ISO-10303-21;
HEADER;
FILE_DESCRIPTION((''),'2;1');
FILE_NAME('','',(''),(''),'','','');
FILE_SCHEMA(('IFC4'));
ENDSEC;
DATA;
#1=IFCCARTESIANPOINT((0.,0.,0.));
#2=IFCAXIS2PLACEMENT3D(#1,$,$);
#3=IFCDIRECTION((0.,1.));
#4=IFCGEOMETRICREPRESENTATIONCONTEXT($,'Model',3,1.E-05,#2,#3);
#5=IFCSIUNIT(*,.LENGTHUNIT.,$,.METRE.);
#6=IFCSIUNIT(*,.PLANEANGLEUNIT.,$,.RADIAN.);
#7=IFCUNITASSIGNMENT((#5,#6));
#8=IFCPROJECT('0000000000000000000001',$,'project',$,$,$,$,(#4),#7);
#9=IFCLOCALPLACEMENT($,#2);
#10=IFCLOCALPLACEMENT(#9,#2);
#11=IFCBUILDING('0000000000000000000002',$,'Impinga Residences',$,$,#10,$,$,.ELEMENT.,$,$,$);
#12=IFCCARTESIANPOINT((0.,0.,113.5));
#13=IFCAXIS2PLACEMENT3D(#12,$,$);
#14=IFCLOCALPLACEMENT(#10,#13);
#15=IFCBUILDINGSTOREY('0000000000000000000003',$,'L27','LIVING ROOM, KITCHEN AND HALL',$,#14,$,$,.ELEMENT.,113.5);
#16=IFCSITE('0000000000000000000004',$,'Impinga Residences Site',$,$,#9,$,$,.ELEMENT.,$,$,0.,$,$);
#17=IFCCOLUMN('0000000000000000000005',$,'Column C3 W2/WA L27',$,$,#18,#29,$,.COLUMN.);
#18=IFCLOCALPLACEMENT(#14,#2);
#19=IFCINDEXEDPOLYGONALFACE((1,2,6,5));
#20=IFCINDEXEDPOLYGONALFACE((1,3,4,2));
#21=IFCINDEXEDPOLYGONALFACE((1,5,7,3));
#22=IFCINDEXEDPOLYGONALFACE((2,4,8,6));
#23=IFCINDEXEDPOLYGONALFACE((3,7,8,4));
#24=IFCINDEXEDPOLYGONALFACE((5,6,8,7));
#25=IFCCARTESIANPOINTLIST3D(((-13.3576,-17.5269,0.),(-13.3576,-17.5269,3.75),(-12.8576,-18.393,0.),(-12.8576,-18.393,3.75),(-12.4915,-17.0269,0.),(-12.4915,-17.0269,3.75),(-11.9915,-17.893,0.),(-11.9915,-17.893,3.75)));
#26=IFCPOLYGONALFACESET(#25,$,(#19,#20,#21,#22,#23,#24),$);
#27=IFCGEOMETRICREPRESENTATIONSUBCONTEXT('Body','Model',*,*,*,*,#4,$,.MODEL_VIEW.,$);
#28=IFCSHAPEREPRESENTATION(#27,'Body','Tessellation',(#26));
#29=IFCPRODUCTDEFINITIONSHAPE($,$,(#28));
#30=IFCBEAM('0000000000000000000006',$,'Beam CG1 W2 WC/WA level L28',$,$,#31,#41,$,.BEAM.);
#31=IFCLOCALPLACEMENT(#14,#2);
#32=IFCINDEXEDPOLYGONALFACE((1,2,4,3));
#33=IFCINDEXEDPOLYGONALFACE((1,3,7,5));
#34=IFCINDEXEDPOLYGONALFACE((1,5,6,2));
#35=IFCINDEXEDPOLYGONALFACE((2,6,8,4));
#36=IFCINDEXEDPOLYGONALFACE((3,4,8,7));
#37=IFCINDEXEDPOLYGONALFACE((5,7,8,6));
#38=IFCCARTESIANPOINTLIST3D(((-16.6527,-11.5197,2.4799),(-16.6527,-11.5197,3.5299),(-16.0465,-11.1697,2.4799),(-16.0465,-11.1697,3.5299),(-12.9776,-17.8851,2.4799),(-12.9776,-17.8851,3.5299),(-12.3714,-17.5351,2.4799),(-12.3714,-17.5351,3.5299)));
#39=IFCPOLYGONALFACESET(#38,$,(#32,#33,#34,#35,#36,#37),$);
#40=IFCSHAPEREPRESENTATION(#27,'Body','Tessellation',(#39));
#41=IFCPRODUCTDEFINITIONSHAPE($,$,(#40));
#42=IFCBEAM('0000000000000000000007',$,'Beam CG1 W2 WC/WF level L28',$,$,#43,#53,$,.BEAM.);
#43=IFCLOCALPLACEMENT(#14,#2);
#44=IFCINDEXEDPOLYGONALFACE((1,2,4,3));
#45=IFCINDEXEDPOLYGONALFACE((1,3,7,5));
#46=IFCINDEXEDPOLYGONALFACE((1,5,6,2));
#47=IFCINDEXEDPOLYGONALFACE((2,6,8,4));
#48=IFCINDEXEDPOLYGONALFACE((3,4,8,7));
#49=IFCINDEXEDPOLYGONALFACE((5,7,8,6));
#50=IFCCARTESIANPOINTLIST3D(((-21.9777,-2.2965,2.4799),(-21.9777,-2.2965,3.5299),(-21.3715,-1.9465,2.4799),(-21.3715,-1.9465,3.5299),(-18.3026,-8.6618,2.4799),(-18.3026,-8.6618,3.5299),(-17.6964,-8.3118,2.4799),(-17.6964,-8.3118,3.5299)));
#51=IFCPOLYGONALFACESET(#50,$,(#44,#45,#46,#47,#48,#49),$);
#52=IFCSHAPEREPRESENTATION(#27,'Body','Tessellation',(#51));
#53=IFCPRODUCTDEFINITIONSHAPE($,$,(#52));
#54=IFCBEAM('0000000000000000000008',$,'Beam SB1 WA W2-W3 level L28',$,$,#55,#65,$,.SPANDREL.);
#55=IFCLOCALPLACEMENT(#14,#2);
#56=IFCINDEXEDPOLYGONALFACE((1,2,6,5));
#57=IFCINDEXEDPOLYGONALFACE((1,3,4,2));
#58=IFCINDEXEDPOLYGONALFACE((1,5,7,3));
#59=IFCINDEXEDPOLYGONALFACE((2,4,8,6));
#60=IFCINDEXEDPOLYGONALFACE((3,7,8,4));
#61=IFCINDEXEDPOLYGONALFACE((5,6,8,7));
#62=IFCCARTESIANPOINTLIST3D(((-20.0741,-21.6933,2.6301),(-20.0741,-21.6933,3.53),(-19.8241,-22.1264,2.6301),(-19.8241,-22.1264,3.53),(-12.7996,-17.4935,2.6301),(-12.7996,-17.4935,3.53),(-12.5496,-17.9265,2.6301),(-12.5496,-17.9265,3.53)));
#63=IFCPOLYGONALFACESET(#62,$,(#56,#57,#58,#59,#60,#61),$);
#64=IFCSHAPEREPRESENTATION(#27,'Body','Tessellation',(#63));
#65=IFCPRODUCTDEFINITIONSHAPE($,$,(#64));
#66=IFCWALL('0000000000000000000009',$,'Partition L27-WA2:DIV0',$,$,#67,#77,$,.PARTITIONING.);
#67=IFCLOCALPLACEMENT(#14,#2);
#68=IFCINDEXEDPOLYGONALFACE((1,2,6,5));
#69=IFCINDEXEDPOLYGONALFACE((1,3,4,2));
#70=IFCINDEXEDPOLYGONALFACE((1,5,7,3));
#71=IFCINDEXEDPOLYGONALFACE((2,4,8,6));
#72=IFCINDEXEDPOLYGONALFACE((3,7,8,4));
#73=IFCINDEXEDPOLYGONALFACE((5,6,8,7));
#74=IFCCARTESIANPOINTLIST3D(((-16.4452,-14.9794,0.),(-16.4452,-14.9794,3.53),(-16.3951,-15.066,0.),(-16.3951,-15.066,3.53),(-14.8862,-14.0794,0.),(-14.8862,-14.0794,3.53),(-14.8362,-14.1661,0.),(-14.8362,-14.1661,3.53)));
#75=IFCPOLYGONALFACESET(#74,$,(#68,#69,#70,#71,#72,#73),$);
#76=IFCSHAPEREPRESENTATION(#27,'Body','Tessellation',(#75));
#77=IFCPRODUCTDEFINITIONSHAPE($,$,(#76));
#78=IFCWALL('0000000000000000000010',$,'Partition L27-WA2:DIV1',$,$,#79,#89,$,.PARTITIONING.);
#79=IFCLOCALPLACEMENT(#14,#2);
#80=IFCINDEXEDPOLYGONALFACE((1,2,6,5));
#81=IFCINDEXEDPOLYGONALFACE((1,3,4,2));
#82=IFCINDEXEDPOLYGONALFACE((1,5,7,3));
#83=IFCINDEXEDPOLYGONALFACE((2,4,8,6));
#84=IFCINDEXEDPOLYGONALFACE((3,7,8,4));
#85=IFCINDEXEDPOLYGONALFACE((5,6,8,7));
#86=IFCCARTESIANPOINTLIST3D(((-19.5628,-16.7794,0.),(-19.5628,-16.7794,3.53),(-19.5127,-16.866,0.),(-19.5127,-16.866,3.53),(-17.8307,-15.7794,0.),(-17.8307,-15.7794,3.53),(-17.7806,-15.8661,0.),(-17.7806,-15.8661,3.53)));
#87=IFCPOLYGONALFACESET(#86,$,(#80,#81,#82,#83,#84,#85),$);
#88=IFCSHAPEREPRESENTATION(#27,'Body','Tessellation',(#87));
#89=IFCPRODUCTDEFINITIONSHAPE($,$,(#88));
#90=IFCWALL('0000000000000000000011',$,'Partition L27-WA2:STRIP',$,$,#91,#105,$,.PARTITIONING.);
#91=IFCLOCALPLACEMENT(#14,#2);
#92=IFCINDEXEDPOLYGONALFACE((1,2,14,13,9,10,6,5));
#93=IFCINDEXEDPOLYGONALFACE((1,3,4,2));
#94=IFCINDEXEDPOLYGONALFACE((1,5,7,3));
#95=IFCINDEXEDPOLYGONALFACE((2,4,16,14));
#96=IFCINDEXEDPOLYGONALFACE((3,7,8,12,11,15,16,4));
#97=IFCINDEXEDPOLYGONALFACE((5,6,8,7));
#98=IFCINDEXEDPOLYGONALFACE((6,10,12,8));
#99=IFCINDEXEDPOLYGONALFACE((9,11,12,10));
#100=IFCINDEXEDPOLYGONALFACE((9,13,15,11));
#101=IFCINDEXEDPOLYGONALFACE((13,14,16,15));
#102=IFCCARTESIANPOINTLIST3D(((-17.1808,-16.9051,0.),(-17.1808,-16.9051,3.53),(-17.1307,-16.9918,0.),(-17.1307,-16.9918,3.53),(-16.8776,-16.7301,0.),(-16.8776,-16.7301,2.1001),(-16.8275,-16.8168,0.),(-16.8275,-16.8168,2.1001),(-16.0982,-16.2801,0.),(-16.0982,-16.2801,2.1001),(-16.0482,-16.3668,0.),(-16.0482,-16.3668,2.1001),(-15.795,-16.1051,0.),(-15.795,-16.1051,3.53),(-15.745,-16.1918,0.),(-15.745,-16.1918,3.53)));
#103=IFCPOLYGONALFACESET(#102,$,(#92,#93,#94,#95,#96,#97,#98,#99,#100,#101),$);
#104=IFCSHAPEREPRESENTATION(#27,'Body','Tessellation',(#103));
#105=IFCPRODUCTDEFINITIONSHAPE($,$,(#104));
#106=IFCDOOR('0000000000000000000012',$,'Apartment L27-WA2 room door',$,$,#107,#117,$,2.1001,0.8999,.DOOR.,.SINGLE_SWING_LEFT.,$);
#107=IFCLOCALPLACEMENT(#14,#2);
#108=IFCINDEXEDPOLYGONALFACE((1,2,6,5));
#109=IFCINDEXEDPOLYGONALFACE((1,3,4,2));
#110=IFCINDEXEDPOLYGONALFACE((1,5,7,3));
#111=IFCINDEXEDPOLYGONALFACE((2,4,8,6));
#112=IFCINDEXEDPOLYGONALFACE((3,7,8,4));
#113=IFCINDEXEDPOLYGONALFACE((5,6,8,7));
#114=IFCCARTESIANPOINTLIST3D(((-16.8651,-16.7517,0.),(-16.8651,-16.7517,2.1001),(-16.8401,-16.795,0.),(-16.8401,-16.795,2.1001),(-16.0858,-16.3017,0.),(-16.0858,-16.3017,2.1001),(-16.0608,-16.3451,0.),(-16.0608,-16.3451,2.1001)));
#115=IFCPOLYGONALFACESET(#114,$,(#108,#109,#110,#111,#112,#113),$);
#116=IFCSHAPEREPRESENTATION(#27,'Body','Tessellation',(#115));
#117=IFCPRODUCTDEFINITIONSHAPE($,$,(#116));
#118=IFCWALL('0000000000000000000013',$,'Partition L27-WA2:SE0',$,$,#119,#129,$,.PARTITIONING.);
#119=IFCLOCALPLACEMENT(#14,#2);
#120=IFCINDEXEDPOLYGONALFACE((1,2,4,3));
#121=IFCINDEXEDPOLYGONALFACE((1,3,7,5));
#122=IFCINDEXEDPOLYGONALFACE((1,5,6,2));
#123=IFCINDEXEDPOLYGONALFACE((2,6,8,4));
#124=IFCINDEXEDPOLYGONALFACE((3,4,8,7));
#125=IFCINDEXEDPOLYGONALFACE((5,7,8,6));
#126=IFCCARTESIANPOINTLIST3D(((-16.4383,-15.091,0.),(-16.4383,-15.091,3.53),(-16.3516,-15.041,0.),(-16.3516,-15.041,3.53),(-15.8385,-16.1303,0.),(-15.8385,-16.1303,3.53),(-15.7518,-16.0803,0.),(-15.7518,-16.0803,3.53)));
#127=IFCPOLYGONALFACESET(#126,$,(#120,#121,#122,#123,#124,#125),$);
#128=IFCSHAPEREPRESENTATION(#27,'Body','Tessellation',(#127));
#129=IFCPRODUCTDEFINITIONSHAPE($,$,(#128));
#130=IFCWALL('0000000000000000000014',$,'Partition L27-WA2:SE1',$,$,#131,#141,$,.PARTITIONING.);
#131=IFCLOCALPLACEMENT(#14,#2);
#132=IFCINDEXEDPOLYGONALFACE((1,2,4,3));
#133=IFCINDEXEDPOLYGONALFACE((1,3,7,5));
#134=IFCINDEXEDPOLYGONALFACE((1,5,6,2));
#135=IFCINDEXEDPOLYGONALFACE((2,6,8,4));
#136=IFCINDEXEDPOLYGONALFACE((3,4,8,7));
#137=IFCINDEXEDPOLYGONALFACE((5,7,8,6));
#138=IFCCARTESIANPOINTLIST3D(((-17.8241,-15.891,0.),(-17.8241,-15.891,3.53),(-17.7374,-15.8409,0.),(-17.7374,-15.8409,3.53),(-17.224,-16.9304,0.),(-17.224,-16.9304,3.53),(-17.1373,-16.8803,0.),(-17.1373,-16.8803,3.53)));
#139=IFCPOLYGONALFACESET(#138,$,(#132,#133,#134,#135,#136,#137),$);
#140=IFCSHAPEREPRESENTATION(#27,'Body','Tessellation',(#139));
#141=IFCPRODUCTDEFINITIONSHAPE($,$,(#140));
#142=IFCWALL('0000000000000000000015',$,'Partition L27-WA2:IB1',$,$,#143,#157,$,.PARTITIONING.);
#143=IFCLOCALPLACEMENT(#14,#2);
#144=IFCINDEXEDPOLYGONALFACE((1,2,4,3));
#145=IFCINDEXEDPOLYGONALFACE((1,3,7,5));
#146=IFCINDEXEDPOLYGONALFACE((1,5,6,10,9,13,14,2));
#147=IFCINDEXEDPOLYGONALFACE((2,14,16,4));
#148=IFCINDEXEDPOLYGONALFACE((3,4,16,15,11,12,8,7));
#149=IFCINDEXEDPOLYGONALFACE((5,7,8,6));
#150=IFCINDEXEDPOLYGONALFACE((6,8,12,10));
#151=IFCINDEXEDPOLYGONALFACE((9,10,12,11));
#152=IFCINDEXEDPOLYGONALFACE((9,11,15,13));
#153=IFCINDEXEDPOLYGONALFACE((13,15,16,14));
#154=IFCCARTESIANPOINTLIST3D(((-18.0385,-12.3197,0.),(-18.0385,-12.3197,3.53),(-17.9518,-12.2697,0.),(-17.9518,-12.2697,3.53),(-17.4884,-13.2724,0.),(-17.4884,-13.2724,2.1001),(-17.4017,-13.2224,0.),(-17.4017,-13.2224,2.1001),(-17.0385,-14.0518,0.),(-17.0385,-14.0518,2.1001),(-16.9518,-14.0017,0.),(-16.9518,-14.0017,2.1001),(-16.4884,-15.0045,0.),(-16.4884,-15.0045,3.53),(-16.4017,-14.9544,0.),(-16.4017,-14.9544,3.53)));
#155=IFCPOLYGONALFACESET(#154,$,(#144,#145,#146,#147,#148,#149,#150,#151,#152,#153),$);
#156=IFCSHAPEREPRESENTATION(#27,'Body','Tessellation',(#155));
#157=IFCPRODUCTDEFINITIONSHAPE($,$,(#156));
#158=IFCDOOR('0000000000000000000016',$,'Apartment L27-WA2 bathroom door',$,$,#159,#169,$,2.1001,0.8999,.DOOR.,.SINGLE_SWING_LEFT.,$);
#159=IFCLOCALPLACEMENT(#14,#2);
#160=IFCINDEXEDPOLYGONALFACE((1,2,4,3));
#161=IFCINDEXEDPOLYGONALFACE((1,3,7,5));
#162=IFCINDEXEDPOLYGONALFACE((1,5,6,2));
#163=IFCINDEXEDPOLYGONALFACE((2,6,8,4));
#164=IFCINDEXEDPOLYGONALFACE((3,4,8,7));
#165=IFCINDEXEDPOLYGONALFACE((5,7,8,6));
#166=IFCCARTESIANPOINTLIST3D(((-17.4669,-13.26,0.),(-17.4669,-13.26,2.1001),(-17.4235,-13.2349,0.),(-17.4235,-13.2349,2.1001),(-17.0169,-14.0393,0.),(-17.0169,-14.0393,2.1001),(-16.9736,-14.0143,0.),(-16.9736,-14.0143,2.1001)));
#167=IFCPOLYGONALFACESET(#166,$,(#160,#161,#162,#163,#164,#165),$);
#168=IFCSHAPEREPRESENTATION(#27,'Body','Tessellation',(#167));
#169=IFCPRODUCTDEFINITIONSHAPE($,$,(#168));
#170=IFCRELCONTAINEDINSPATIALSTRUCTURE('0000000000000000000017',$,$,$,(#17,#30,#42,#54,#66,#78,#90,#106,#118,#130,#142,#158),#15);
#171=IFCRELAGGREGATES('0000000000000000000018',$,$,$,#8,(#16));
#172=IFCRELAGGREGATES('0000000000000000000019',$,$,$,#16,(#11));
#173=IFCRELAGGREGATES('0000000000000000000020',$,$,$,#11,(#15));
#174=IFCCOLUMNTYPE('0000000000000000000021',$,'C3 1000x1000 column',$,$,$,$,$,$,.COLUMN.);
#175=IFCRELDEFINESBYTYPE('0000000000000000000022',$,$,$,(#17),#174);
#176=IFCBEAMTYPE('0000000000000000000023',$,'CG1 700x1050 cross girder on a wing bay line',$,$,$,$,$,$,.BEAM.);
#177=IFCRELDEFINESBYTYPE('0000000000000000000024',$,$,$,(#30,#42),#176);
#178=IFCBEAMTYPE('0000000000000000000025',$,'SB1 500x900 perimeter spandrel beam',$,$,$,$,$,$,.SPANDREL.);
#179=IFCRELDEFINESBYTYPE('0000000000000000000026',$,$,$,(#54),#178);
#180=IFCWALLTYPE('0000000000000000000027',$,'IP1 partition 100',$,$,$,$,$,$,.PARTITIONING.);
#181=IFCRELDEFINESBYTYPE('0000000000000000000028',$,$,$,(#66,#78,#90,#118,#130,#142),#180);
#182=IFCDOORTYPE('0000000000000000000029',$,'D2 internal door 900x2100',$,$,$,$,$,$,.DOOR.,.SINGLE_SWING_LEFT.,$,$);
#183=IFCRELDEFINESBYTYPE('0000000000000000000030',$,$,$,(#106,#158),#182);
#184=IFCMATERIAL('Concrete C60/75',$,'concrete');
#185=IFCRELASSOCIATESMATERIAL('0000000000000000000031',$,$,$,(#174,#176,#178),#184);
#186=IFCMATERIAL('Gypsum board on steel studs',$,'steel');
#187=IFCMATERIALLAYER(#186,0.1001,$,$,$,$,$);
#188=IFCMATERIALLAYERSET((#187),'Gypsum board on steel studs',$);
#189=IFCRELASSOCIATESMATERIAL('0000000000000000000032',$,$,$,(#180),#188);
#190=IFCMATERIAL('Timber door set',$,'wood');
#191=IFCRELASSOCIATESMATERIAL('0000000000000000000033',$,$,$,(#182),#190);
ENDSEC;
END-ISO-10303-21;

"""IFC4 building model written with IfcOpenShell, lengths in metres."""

from ifc_helpers import new_model, si_unit, direction, frame, frame_2d, origin, origin_2d, place, context, subcontext, project, spatial, rectangle, extrude, material, layer, layer_set, material_profile, profile_set, type_object, element, fill, save


model = new_model("IFC4")

# Units and contexts
model_context = context("Model", 3, precision=1e-05, world=origin(), true_north=direction((0.0, 1.0)))
body_context = subcontext(model_context, "Body", "Model", "MODEL_VIEW")
ifc_project = project(units=[si_unit("LENGTHUNIT", "METRE"), si_unit("PLANEANGLEUNIT", "RADIAN")], contexts=[model_context])

# Site, building, storey
site_placement = place(None, origin())
site = spatial("IfcSite", under=ifc_project, at=site_placement, Name="Impinga Residences Site", CompositionType="ELEMENT", RefElevation=0.0)
building_placement = place(site_placement, origin())
building = spatial("IfcBuilding", under=site, at=building_placement, Name="Impinga Residences", CompositionType="ELEMENT")
storey_placement = place(building_placement, frame((0.0, 0.0, 113.5)))
storey = spatial("IfcBuildingStorey", under=building, at=storey_placement, Name="L27", Description="LIVING ROOM, KITCHEN AND HALL", CompositionType="ELEMENT", Elevation=113.5)

# Column
ifc_material_1 = material(Name="Concrete C60/75", Category="concrete")
ifc_material_profile_1 = material_profile(ifc_material_1, rectangle(XDim=1.0, YDim=1.0, at=origin_2d()), Name="RC 1000x1000")
ifc_profile_set_1 = profile_set([ifc_material_profile_1], Name="Concrete C60/75")
column_type = type_object("IfcColumnType", Name="C3 1000x1000 column", PredefinedType="COLUMN", material=ifc_profile_set_1)
column_placement = place(storey_placement, frame((-12.6746, -17.71, 0.0), z_axis=(0.0, 0.0, 1.0), x_axis=(-0.5, 0.866025, 0.0)))
element("IfcColumn", 1, at=column_placement, inside=storey, type_object=column_type, Name="Column C3 W2/WA L27", PredefinedType="COLUMN", context=body_context, shape_type="SweptSolid", body=[
    extrude(rectangle(XDim=1.0, YDim=1.0, at=origin_2d()), origin(), (0.0, 0.0, 1.0), 3.75),
])

# Beams
ifc_material_profile_2 = material_profile(ifc_material_1, rectangle(XDim=0.7, YDim=1.05, at=origin_2d()), Name="RC 700x1050")
ifc_profile_set_2 = profile_set([ifc_material_profile_2], Name="Concrete C60/75")
beam_type_1 = type_object("IfcBeamType", Name="CG1 700x1050 cross girder on a wing bay line", PredefinedType="BEAM", material=ifc_profile_set_2)
for number, where, z_axis, x_axis, name in (
    (2, (-16.3496, -11.3447, 3.0049), (0.500008, -0.866021, 0.0), (0.866021, 0.500008, 0.0), "Beam CG1 W2 WC/WA level L28"),
    (3, (-17.9995, -8.4868, 3.0049), (-0.500008, 0.866021, 0.0), (-0.866021, -0.500008, 0.0), "Beam CG1 W2 WC/WF level L28"),
):
    element("IfcBeam", number, at=place(storey_placement, frame(where, z_axis=z_axis, x_axis=x_axis)), inside=storey, type_object=beam_type_1, Name=name, PredefinedType="BEAM", context=body_context, shape_type="SweptSolid", body=[
        extrude(rectangle(XDim=0.7, YDim=1.05, at=origin_2d()), origin(), (0.0, 0.0, 1.0), 7.3501),
    ])
ifc_material_profile_3 = material_profile(ifc_material_1, rectangle(XDim=0.5, YDim=0.8999, at=origin_2d()), Name="RC 500x900")
ifc_profile_set_3 = profile_set([ifc_material_profile_3], Name="Concrete C60/75")
beam_type_2 = type_object("IfcBeamType", Name="SB1 500x900 perimeter spandrel beam", PredefinedType="SPANDREL", material=ifc_profile_set_3)
beam_placement = place(storey_placement, frame((-12.6746, -17.71, 3.0801), z_axis=(-0.866029, -0.499993, 0.0), x_axis=(0.499993, -0.866029, 0.0)))
element("IfcBeam", 4, at=beam_placement, inside=storey, type_object=beam_type_2, Name="Beam SB1 WA W2-W3 level L28", PredefinedType="SPANDREL", context=body_context, shape_type="SweptSolid", body=[
    extrude(rectangle(XDim=0.5, YDim=0.8999, at=origin_2d()), origin(), (0.0, 0.0, 1.0), 8.3999),
])

# Walls
ifc_material_2 = material(Name="Gypsum board on steel studs", Category="steel")
ifc_layer_1 = layer(ifc_material_2, 0.1001)
ifc_layer_set_1 = layer_set([ifc_layer_1], Name="Gypsum board on steel studs")
wall_type_1 = type_object("IfcWallType", Name="IP1 partition 100", PredefinedType="PARTITIONING", material=ifc_layer_set_1)
wall_1_placement = place(storey_placement, frame((-14.8613, -14.1228, 0.0), z_axis=(0.0, 0.0, 1.0), x_axis=(-0.866048, -0.499961, 0.0)))
element("IfcWall", 5, at=wall_1_placement, inside=storey, type_object=wall_type_1, Name="Partition L27-WA2:DIV0", PredefinedType="PARTITIONING", context=body_context, shape_type="SweptSolid", body=[
    extrude(rectangle(XDim=1.8, YDim=0.1001, at=frame_2d((0.8999, 0.0))), origin(), (0.0, 0.0, 1.0), 3.53),
])
wall_2_placement = place(storey_placement, frame((-17.8057, -15.8228, 0.0), z_axis=(0.0, 0.0, 1.0), x_axis=(-0.866041, -0.499973, 0.0)))
element("IfcWall", 6, at=wall_2_placement, inside=storey, type_object=wall_type_1, Name="Partition L27-WA2:DIV1", PredefinedType="PARTITIONING", context=body_context, shape_type="SweptSolid", body=[
    extrude(rectangle(XDim=2.0, YDim=0.1001, at=frame_2d((1.0, 0.0))), origin(), (0.0, 0.0, 1.0), 3.53),
])

# Wall, opening, door
wall_3_placement = place(storey_placement, frame((-15.77, -16.1484, 0.0), z_axis=(0.0, 0.0, 1.0), x_axis=(-0.866028, -0.499995, 0.0)))
wall_3 = element("IfcWall", 7, at=wall_3_placement, inside=storey, type_object=wall_type_1, Name="Partition L27-WA2:STRIP", PredefinedType="PARTITIONING", context=body_context, shape_type="SweptSolid", body=[
    extrude(rectangle(XDim=1.6001, YDim=0.1001, at=frame_2d((0.8, 0.0))), origin(), (0.0, 0.0, 1.0), 3.53),
])
opening_1_placement = place(wall_3_placement, frame((0.3501, 0.0, 0.0)))
opening_1 = element("IfcOpeningElement", 8, at=opening_1_placement, cuts=wall_3, PredefinedType="OPENING", context=body_context, shape_type="SweptSolid", body=[
    extrude(rectangle(XDim=0.8999, YDim=2.1001, at=frame_2d((0.45, 1.05))), frame((0.0, 0.0601, 0.0), z_axis=(0.0, -1.0, 0.0), x_axis=(1.0, 0.0, 0.0)), (0.0, 0.0, 1.0), 0.1201),
])
ifc_material_3 = material(Name="Timber door set", Category="wood")
door_type = type_object("IfcDoorType", Name="D2 internal door 900x2100", OperationType="SINGLE_SWING_LEFT", PredefinedType="DOOR", material=ifc_material_3)
door_1_placement = place(opening_1_placement, origin())
door_1 = element("IfcDoor", 9, at=door_1_placement, inside=storey, type_object=door_type, Name="Apartment L27-WA2 room door", OperationType="SINGLE_SWING_LEFT", OverallHeight=2.1001, OverallWidth=0.8999, PredefinedType="DOOR", context=body_context, shape_type="SweptSolid", body=[
    extrude(rectangle(XDim=0.8999, YDim=2.1001, at=frame_2d((0.45, 1.05))), frame((0.0, 0.0249, 0.0), z_axis=(0.0, -1.0, 0.0), x_axis=(1.0, 0.0, 0.0)), (0.0, 0.0, 1.0), 0.05),
])
fill(opening_1, door_1)

# Walls
wall_4_placement = place(storey_placement, frame((-16.395, -15.0659, 0.0), z_axis=(0.0, 0.0, 1.0), x_axis=(0.499881, -0.866094, 0.0)))
element("IfcWall", 10, at=wall_4_placement, inside=storey, type_object=wall_type_1, Name="Partition L27-WA2:SE0", PredefinedType="PARTITIONING", context=body_context, shape_type="SweptSolid", body=[
    extrude(rectangle(XDim=1.2, YDim=0.1001, at=frame_2d((0.6001, 0.0))), origin(), (0.0, 0.0, 1.0), 3.53),
])
wall_5_placement = place(storey_placement, frame((-17.7808, -15.866, 0.0), z_axis=(0.0, 0.0, 1.0), x_axis=(0.500034, -0.866006, 0.0)))
element("IfcWall", 11, at=wall_5_placement, inside=storey, type_object=wall_type_1, Name="Partition L27-WA2:SE1", PredefinedType="PARTITIONING", context=body_context, shape_type="SweptSolid", body=[
    extrude(rectangle(XDim=1.2002, YDim=0.1001, at=frame_2d((0.6001, 0.0))), origin(), (0.0, 0.0, 1.0), 3.53),
])

# Wall, opening, door
wall_6_placement = place(storey_placement, frame((-17.9951, -12.2947, 0.0), z_axis=(0.0, 0.0, 1.0), x_axis=(0.499993, -0.86603, 0.0)))
wall_6 = element("IfcWall", 12, at=wall_6_placement, inside=storey, type_object=wall_type_1, Name="Partition L27-WA2:IB1", PredefinedType="PARTITIONING", context=body_context, shape_type="SweptSolid", body=[
    extrude(rectangle(XDim=3.1001, YDim=0.1001, at=frame_2d((1.55, 0.0))), origin(), (0.0, 0.0, 1.0), 3.53),
])
opening_2_placement = place(wall_6_placement, frame((1.1001, 0.0, 0.0)))
opening_2 = element("IfcOpeningElement", 13, at=opening_2_placement, cuts=wall_6, PredefinedType="OPENING", context=body_context, shape_type="SweptSolid", body=[
    extrude(rectangle(XDim=0.8999, YDim=2.1001, at=frame_2d((0.45, 1.05))), frame((0.0, 0.0601, 0.0), z_axis=(0.0, -1.0, 0.0), x_axis=(1.0, 0.0, 0.0)), (0.0, 0.0, 1.0), 0.1201),
])
door_2_placement = place(opening_2_placement, origin())
door_2 = element("IfcDoor", 14, at=door_2_placement, inside=storey, type_object=door_type, Name="Apartment L27-WA2 bathroom door", OperationType="SINGLE_SWING_LEFT", OverallHeight=2.1001, OverallWidth=0.8999, PredefinedType="DOOR", context=body_context, shape_type="SweptSolid", body=[
    extrude(rectangle(XDim=0.8999, YDim=2.1001, at=frame_2d((0.45, 1.05))), frame((0.0, 0.0249, 0.0), z_axis=(0.0, -1.0, 0.0), x_axis=(1.0, 0.0, 0.0)), (0.0, 0.0, 1.0), 0.05),
])
fill(opening_2, door_2)

save(model, "model.ifc")
